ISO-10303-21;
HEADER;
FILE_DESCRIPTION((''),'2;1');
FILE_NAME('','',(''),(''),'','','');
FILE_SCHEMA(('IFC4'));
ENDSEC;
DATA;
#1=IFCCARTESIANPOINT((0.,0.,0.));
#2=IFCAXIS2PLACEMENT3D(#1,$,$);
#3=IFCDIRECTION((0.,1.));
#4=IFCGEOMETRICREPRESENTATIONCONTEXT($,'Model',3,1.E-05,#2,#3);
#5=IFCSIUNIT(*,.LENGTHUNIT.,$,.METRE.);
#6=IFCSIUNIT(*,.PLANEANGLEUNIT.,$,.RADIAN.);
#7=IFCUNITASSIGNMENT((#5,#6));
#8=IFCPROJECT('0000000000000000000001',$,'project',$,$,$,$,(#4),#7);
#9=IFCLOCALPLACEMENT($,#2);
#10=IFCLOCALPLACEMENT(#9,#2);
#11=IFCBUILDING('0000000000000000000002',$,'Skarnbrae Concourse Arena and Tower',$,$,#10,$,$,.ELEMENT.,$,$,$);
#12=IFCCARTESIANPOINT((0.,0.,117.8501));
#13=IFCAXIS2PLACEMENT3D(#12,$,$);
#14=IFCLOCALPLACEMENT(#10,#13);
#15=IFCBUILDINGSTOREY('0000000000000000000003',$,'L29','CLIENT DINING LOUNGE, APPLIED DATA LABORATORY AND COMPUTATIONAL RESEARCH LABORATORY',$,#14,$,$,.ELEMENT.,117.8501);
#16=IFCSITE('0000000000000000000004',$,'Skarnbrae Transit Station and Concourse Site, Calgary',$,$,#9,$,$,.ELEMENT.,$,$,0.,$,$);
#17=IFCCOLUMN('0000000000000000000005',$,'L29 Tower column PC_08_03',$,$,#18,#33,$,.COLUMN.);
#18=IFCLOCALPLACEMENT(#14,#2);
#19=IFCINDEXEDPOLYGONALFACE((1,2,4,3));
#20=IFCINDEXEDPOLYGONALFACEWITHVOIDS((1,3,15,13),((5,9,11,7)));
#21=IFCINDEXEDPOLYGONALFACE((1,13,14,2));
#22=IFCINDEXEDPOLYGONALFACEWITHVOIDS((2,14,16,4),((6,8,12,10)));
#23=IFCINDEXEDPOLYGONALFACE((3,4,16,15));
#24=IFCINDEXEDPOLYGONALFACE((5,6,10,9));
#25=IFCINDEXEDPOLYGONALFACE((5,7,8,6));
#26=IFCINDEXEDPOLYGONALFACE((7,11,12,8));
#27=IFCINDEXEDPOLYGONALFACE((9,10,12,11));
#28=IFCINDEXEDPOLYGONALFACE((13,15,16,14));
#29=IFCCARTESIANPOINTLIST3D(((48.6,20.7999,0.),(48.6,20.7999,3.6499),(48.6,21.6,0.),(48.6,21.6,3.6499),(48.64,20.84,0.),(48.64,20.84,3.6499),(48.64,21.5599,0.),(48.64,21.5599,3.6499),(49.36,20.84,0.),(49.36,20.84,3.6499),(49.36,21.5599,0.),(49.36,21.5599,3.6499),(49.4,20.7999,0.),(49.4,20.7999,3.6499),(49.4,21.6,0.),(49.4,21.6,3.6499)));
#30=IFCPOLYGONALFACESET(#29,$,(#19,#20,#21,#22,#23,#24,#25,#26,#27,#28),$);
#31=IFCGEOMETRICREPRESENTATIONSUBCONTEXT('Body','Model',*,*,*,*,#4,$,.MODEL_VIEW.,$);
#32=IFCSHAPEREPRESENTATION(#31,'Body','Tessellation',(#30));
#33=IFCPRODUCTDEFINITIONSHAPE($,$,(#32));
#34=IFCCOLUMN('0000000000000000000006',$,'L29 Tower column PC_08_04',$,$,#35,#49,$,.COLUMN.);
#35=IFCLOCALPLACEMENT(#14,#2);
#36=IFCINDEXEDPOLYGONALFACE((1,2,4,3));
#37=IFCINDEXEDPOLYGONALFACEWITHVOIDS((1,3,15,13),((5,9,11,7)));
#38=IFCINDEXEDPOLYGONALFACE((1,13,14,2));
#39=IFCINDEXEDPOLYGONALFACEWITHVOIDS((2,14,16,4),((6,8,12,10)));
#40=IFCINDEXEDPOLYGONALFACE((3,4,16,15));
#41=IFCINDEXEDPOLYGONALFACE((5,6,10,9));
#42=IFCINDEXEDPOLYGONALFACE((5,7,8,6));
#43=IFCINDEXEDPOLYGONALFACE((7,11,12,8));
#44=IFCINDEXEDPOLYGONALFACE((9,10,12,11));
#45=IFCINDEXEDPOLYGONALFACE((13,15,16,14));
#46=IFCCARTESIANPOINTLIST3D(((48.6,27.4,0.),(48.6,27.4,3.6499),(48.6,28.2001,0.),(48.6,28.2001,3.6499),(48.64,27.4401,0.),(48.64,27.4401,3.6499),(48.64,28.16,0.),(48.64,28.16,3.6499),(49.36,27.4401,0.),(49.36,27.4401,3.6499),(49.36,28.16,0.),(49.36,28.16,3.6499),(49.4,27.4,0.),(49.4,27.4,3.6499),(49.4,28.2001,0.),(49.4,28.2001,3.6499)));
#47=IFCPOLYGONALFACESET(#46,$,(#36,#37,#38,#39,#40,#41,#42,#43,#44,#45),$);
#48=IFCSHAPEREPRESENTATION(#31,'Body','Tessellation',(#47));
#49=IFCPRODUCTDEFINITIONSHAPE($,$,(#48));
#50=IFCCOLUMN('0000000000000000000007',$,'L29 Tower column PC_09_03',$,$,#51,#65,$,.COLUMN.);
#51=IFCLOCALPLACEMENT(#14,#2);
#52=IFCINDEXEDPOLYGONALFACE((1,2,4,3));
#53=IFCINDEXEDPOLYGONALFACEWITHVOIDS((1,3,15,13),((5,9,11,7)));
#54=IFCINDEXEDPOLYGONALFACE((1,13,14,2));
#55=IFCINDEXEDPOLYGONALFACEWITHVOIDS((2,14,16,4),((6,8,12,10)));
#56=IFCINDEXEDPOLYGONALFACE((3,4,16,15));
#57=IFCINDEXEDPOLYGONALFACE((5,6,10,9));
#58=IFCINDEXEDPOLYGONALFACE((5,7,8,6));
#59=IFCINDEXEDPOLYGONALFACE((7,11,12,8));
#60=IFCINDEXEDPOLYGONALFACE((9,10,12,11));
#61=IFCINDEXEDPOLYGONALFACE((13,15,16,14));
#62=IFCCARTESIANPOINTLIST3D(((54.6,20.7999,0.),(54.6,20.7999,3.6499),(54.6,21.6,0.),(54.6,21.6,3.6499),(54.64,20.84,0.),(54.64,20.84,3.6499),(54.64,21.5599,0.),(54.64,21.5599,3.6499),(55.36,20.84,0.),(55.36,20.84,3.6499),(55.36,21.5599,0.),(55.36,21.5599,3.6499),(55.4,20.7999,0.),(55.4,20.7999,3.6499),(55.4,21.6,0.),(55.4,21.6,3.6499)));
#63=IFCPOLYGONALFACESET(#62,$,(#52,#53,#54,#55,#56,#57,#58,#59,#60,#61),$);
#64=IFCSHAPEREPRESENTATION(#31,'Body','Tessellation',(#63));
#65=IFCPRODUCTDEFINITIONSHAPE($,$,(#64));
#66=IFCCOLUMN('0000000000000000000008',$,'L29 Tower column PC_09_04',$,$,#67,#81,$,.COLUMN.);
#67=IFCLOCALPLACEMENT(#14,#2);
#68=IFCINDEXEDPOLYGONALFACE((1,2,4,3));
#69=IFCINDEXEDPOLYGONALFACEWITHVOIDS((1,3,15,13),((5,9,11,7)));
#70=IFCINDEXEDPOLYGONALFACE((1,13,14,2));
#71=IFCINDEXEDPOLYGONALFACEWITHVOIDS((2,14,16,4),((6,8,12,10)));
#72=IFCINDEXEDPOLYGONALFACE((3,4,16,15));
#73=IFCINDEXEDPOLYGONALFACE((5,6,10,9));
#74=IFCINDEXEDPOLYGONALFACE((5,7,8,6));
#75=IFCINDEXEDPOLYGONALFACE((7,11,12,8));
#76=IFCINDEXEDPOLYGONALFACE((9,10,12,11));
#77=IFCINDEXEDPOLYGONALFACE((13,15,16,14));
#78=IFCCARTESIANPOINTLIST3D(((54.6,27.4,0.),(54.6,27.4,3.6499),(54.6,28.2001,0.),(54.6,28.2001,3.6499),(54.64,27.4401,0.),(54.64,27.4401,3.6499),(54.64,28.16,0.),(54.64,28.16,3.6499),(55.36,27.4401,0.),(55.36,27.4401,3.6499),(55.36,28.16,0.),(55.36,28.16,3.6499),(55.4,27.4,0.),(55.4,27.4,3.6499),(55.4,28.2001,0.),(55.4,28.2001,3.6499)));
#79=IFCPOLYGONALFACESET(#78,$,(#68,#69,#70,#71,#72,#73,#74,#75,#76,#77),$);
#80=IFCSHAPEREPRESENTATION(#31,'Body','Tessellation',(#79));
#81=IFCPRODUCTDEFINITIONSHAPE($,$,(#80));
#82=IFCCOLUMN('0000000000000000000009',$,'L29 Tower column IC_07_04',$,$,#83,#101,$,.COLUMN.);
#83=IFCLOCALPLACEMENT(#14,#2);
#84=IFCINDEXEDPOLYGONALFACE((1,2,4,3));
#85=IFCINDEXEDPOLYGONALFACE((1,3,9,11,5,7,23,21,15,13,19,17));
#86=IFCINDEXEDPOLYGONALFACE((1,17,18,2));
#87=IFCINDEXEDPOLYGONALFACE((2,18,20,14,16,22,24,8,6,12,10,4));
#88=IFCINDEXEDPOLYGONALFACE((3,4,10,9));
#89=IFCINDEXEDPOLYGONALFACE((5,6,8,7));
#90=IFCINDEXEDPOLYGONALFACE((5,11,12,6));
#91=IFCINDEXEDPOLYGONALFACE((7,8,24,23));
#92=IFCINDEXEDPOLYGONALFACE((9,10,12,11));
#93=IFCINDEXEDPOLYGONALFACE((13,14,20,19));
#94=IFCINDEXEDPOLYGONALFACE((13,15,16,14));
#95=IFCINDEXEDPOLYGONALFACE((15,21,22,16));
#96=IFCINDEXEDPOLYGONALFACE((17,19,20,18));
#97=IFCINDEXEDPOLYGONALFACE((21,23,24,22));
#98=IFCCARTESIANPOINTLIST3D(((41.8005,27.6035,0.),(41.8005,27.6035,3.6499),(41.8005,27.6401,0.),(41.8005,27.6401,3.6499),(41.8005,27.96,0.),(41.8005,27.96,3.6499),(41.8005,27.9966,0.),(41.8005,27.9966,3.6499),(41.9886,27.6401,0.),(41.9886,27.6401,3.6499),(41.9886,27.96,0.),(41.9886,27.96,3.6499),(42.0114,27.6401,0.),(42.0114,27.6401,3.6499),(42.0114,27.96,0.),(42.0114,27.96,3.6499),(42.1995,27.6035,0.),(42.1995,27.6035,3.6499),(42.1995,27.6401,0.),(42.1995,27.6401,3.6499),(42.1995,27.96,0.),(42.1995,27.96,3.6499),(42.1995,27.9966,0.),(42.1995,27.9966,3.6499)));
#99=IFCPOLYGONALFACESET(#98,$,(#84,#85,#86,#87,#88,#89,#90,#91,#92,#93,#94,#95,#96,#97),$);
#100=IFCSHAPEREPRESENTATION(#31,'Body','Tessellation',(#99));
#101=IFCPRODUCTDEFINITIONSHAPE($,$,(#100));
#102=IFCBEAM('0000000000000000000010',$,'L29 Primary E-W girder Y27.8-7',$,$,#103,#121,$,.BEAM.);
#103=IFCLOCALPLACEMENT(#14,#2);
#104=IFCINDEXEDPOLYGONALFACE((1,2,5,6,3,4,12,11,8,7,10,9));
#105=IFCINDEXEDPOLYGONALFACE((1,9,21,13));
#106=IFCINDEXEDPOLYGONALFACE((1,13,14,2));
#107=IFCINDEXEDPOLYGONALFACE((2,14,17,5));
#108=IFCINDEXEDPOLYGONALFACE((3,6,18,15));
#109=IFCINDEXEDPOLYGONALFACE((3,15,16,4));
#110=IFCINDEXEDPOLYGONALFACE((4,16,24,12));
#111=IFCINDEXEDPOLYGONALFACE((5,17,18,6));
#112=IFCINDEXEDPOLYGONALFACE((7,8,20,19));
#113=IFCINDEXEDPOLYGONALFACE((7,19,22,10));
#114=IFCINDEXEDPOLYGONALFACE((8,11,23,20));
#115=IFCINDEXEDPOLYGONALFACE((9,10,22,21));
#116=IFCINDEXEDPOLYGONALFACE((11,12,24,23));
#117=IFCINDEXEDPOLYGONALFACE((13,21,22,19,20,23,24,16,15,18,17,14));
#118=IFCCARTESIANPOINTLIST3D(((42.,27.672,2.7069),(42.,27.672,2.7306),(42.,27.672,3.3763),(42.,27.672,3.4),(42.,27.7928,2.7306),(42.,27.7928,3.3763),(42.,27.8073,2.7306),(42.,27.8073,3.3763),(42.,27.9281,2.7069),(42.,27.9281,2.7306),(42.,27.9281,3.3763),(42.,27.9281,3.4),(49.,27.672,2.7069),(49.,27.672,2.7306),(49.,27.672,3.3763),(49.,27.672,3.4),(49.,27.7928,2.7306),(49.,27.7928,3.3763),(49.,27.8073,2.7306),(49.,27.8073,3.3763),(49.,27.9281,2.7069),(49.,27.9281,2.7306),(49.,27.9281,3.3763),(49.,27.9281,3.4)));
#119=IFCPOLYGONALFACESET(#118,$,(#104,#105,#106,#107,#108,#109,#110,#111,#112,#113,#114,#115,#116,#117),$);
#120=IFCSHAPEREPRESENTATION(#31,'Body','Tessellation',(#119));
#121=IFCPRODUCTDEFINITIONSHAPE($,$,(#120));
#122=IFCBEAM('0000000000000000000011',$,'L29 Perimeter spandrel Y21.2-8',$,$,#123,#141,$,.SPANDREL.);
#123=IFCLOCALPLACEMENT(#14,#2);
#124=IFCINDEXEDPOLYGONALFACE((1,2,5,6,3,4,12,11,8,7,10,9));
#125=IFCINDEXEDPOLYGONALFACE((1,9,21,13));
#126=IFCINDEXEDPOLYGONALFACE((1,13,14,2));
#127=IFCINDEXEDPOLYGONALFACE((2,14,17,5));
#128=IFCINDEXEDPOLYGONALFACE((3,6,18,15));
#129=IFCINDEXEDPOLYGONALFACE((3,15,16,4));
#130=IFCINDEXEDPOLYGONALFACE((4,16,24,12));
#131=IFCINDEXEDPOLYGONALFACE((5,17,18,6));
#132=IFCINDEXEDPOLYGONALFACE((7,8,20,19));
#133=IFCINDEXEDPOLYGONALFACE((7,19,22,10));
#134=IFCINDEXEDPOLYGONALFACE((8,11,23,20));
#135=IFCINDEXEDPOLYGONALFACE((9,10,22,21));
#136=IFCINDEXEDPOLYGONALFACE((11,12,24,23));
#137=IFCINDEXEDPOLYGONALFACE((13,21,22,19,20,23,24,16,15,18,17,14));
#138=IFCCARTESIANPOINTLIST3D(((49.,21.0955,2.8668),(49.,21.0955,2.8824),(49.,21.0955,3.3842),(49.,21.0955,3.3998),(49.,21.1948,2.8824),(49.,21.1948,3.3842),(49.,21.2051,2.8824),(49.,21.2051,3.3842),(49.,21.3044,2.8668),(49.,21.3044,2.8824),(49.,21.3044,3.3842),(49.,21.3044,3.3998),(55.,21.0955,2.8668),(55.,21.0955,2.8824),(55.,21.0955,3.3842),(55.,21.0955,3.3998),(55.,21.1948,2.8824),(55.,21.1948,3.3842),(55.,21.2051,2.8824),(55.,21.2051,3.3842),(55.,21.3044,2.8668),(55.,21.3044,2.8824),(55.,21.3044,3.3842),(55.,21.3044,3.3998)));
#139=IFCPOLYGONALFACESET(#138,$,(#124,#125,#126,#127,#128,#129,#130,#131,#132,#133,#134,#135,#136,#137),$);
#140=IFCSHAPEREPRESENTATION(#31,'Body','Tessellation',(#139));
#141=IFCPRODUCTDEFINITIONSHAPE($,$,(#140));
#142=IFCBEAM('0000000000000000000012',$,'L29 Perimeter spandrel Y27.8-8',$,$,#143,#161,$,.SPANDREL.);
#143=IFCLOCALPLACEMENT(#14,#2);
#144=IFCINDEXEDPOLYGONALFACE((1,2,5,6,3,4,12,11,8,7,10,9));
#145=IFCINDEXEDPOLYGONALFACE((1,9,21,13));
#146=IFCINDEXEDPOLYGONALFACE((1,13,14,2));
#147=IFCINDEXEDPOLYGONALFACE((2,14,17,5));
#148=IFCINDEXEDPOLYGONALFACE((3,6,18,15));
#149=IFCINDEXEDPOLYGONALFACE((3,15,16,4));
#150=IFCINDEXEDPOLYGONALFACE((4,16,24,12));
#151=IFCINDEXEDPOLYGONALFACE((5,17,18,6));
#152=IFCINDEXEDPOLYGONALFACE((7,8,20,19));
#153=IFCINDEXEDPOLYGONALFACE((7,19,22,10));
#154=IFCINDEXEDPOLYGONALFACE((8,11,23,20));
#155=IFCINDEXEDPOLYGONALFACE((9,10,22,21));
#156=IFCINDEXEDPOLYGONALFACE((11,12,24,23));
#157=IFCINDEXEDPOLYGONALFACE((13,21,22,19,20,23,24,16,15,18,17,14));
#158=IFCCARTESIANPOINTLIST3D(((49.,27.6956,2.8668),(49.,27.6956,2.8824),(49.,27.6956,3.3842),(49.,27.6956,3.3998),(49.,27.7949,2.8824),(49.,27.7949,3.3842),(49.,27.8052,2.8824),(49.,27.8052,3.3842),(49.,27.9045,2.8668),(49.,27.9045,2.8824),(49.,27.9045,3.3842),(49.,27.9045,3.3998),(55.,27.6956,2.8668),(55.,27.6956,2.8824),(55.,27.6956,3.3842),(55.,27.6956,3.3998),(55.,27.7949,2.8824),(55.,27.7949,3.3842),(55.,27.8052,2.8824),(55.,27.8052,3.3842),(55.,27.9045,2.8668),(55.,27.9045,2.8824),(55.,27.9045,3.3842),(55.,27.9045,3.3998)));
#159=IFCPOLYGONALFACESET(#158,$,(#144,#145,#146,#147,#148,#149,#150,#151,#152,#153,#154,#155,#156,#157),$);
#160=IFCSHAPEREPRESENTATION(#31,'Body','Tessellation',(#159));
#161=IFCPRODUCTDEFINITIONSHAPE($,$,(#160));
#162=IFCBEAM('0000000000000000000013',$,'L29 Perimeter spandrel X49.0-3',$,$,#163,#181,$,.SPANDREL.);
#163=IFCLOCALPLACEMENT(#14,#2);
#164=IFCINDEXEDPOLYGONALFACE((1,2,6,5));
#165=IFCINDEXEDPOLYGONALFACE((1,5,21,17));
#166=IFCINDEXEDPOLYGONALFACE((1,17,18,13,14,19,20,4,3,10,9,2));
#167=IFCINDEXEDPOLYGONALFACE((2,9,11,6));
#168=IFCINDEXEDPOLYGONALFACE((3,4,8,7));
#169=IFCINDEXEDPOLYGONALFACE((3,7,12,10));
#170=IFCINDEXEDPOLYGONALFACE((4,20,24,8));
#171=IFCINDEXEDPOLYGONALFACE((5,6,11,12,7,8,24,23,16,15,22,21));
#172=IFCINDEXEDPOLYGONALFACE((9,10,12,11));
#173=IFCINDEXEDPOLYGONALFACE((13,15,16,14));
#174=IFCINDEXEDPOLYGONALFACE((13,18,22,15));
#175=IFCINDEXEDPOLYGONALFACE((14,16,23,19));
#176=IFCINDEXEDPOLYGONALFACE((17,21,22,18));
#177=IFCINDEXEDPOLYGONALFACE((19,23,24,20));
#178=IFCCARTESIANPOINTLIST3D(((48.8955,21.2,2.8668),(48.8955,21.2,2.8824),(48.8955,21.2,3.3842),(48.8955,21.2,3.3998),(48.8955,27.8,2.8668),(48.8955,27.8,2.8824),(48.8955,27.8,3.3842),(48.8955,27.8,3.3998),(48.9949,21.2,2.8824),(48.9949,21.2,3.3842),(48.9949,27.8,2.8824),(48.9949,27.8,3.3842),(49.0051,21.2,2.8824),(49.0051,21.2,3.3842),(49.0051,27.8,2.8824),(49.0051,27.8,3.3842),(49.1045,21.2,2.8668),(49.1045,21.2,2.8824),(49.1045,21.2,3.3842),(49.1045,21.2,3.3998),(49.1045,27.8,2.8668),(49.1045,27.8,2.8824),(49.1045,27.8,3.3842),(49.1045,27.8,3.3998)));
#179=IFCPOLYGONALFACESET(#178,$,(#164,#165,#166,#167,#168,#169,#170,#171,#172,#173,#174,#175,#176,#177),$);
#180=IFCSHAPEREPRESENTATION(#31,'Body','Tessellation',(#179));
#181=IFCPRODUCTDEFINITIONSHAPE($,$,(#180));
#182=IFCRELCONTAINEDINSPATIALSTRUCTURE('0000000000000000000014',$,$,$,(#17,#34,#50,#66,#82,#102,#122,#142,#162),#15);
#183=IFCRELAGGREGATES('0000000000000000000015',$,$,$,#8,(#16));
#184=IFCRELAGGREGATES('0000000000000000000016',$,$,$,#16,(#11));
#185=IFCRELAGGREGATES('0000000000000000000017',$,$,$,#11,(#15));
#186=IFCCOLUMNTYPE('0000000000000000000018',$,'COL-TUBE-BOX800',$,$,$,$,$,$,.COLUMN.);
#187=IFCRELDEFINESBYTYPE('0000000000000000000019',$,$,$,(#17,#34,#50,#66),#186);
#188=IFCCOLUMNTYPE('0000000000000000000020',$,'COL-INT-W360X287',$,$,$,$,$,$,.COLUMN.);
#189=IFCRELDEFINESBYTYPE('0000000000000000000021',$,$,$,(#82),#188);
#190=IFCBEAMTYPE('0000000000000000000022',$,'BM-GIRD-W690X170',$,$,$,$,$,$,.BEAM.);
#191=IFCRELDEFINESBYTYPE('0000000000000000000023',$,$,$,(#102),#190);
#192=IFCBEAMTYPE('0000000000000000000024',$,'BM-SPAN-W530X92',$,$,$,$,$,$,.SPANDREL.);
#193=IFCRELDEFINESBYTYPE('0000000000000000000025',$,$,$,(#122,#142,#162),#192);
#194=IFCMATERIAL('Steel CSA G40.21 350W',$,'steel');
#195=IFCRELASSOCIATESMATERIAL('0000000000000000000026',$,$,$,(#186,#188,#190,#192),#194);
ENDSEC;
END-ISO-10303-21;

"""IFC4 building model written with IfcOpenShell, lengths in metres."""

from ifc_helpers import new_model, si_unit, direction, frame, origin, origin_2d, place, context, subcontext, project, spatial, hollow_rectangle, i_section, extrude, source, transform, mapped, material, material_profile, profile_set, type_object, element, save


model = new_model("IFC4")

# Units and contexts
model_context = context("Model", 3, precision=1e-05, world=origin(), true_north=direction((0.0, 1.0)))
body_context = subcontext(model_context, "Body", "Model", "MODEL_VIEW")
ifc_project = project(units=[si_unit("LENGTHUNIT", "METRE"), si_unit("PLANEANGLEUNIT", "RADIAN")], contexts=[model_context])

# Site, building, storey
site_placement = place(None, origin())
site = spatial("IfcSite", under=ifc_project, at=site_placement, Name="Skarnbrae Transit Station and Concourse Site, Calgary", CompositionType="ELEMENT", RefElevation=0.0)
building_placement = place(site_placement, origin())
building = spatial("IfcBuilding", under=site, at=building_placement, Name="Skarnbrae Concourse Arena and Tower", CompositionType="ELEMENT")
storey_placement = place(building_placement, frame((0.0, 0.0, 117.8501)))
storey = spatial("IfcBuildingStorey", under=building, at=storey_placement, Name="L29", Description="CLIENT DINING LOUNGE, APPLIED DATA LABORATORY AND COMPUTATIONAL RESEARCH LABORATORY", CompositionType="ELEMENT", Elevation=117.8501)

# Columns
ifc_material_1 = material(Name="Steel CSA G40.21 350W", Category="steel")
ifc_material_profile_1 = material_profile(ifc_material_1, hollow_rectangle(XDim=0.8, YDim=0.8, WallThickness=0.04, at=origin_2d()), Name="BOX800X800X40")
ifc_profile_set_1 = profile_set([ifc_material_profile_1], Name="Steel CSA G40.21 350W")
column_type_1 = type_object("IfcColumnType", Name="COL-TUBE-BOX800", PredefinedType="COLUMN", material=ifc_profile_set_1)
shared_shape_1 = source(origin(), body_context, "Body", "SweptSolid", [
    extrude(hollow_rectangle(XDim=0.8, YDim=0.8, WallThickness=0.04, at=origin_2d()), origin(), (0.0, 0.0, 1.0), 3.6499),
])
for number, where, z_axis, x_axis, name in (
    (1, (49.0, 21.2, 0.0), (0.0, 0.0, 1.0), (1.0, 0.0, 0.0), "L29 Tower column PC_08_03"),
    (2, (49.0, 27.8, 0.0), (0.0, 0.0, 1.0), (1.0, 0.0, 0.0), "L29 Tower column PC_08_04"),
    (3, (55.0, 21.2, 0.0), (0.0, 0.0, 1.0), (1.0, 0.0, 0.0), "L29 Tower column PC_09_03"),
    (4, (55.0, 27.8, 0.0), (0.0, 0.0, 1.0), (1.0, 0.0, 0.0), "L29 Tower column PC_09_04"),
):
    element("IfcColumn", number, at=place(storey_placement, frame(where, z_axis=z_axis, x_axis=x_axis)), inside=storey, type_object=column_type_1, Name=name, PredefinedType="COLUMN", context=body_context, shape_type="MappedRepresentation", body=[
        mapped(shared_shape_1, transform((0.0, 0.0, 0.0))),
    ])
ifc_material_profile_2 = material_profile(ifc_material_1, i_section(OverallWidth=0.3989, OverallDepth=0.3931, WebThickness=0.0227, FlangeThickness=0.0366, at=origin_2d()), Name="W360X287")
ifc_profile_set_2 = profile_set([ifc_material_profile_2], Name="Steel CSA G40.21 350W")
column_type_2 = type_object("IfcColumnType", Name="COL-INT-W360X287", PredefinedType="COLUMN", material=ifc_profile_set_2)
shared_shape_2 = source(origin(), body_context, "Body", "SweptSolid", [
    extrude(i_section(OverallWidth=0.3989, OverallDepth=0.3931, WebThickness=0.0227, FlangeThickness=0.0366, at=origin_2d()), origin(), (0.0, 0.0, 1.0), 3.6499),
])
column_placement = place(storey_placement, frame((42.0, 27.8, 0.0), z_axis=(0.0, 0.0, 1.0), x_axis=(1.0, 0.0, 0.0)))
element("IfcColumn", 5, at=column_placement, inside=storey, type_object=column_type_2, Name="L29 Tower column IC_07_04", PredefinedType="COLUMN", context=body_context, shape_type="MappedRepresentation", body=[
    mapped(shared_shape_2, transform((0.0, 0.0, 0.0))),
])

# Beams
ifc_material_profile_3 = material_profile(ifc_material_1, i_section(OverallWidth=0.2561, OverallDepth=0.6931, WebThickness=0.0144, FlangeThickness=0.0237, at=origin_2d()), Name="W690X170")
ifc_profile_set_3 = profile_set([ifc_material_profile_3], Name="Steel CSA G40.21 350W")
beam_type_1 = type_object("IfcBeamType", Name="BM-GIRD-W690X170", PredefinedType="BEAM", material=ifc_profile_set_3)
shared_shape_3 = source(origin(), body_context, "Body", "SweptSolid", [
    extrude(i_section(OverallWidth=0.2561, OverallDepth=0.6931, WebThickness=0.0144, FlangeThickness=0.0237, at=origin_2d()), origin(), (0.0, 0.0, 1.0), 7.0),
])
beam_1_placement = place(storey_placement, frame((42.0, 27.8, 3.0535), z_axis=(1.0, 0.0, 0.0), x_axis=(0.0, 1.0, 0.0)))
element("IfcBeam", 6, at=beam_1_placement, inside=storey, type_object=beam_type_1, Name="L29 Primary E-W girder Y27.8-7", PredefinedType="BEAM", context=body_context, shape_type="MappedRepresentation", body=[
    mapped(shared_shape_3, transform((0.0, 0.0, 0.0))),
])
ifc_material_profile_4 = material_profile(ifc_material_1, i_section(OverallWidth=0.209, OverallDepth=0.533, WebThickness=0.0103, FlangeThickness=0.0156, at=origin_2d()), Name="W530X92")
ifc_profile_set_4 = profile_set([ifc_material_profile_4], Name="Steel CSA G40.21 350W")
beam_type_2 = type_object("IfcBeamType", Name="BM-SPAN-W530X92", PredefinedType="SPANDREL", material=ifc_profile_set_4)
shared_shape_4 = source(origin(), body_context, "Body", "SweptSolid", [
    extrude(i_section(OverallWidth=0.209, OverallDepth=0.533, WebThickness=0.0103, FlangeThickness=0.0156, at=origin_2d()), origin(), (0.0, 0.0, 1.0), 6.0),
])
for number, where, z_axis, x_axis, name in (
    (7, (49.0, 21.2, 3.1333), (1.0, 0.0, 0.0), (0.0, 1.0, 0.0), "L29 Perimeter spandrel Y21.2-8"),
    (8, (49.0, 27.8, 3.1333), (1.0, 0.0, 0.0), (0.0, 1.0, 0.0), "L29 Perimeter spandrel Y27.8-8"),
):
    element("IfcBeam", number, at=place(storey_placement, frame(where, z_axis=z_axis, x_axis=x_axis)), inside=storey, type_object=beam_type_2, Name=name, PredefinedType="SPANDREL", context=body_context, shape_type="MappedRepresentation", body=[
        mapped(shared_shape_4, transform((0.0, 0.0, 0.0))),
    ])
shared_shape_5 = source(origin(), body_context, "Body", "SweptSolid", [
    extrude(i_section(OverallWidth=0.209, OverallDepth=0.533, WebThickness=0.0103, FlangeThickness=0.0156, at=origin_2d()), origin(), (0.0, 0.0, 1.0), 6.6001),
])
for number, where, z_axis, x_axis, name in (
    (9, (49.0, 21.2, 3.1333), (0.0, 1.0, 0.0), (-1.0, 0.0, 0.0), "L29 Perimeter spandrel X49.0-3"),
):
    element("IfcBeam", number, at=place(storey_placement, frame(where, z_axis=z_axis, x_axis=x_axis)), inside=storey, type_object=beam_type_2, Name=name, PredefinedType="SPANDREL", context=body_context, shape_type="MappedRepresentation", body=[
        mapped(shared_shape_5, transform((0.0, 0.0, 0.0))),
    ])

save(model, "model.ifc")
